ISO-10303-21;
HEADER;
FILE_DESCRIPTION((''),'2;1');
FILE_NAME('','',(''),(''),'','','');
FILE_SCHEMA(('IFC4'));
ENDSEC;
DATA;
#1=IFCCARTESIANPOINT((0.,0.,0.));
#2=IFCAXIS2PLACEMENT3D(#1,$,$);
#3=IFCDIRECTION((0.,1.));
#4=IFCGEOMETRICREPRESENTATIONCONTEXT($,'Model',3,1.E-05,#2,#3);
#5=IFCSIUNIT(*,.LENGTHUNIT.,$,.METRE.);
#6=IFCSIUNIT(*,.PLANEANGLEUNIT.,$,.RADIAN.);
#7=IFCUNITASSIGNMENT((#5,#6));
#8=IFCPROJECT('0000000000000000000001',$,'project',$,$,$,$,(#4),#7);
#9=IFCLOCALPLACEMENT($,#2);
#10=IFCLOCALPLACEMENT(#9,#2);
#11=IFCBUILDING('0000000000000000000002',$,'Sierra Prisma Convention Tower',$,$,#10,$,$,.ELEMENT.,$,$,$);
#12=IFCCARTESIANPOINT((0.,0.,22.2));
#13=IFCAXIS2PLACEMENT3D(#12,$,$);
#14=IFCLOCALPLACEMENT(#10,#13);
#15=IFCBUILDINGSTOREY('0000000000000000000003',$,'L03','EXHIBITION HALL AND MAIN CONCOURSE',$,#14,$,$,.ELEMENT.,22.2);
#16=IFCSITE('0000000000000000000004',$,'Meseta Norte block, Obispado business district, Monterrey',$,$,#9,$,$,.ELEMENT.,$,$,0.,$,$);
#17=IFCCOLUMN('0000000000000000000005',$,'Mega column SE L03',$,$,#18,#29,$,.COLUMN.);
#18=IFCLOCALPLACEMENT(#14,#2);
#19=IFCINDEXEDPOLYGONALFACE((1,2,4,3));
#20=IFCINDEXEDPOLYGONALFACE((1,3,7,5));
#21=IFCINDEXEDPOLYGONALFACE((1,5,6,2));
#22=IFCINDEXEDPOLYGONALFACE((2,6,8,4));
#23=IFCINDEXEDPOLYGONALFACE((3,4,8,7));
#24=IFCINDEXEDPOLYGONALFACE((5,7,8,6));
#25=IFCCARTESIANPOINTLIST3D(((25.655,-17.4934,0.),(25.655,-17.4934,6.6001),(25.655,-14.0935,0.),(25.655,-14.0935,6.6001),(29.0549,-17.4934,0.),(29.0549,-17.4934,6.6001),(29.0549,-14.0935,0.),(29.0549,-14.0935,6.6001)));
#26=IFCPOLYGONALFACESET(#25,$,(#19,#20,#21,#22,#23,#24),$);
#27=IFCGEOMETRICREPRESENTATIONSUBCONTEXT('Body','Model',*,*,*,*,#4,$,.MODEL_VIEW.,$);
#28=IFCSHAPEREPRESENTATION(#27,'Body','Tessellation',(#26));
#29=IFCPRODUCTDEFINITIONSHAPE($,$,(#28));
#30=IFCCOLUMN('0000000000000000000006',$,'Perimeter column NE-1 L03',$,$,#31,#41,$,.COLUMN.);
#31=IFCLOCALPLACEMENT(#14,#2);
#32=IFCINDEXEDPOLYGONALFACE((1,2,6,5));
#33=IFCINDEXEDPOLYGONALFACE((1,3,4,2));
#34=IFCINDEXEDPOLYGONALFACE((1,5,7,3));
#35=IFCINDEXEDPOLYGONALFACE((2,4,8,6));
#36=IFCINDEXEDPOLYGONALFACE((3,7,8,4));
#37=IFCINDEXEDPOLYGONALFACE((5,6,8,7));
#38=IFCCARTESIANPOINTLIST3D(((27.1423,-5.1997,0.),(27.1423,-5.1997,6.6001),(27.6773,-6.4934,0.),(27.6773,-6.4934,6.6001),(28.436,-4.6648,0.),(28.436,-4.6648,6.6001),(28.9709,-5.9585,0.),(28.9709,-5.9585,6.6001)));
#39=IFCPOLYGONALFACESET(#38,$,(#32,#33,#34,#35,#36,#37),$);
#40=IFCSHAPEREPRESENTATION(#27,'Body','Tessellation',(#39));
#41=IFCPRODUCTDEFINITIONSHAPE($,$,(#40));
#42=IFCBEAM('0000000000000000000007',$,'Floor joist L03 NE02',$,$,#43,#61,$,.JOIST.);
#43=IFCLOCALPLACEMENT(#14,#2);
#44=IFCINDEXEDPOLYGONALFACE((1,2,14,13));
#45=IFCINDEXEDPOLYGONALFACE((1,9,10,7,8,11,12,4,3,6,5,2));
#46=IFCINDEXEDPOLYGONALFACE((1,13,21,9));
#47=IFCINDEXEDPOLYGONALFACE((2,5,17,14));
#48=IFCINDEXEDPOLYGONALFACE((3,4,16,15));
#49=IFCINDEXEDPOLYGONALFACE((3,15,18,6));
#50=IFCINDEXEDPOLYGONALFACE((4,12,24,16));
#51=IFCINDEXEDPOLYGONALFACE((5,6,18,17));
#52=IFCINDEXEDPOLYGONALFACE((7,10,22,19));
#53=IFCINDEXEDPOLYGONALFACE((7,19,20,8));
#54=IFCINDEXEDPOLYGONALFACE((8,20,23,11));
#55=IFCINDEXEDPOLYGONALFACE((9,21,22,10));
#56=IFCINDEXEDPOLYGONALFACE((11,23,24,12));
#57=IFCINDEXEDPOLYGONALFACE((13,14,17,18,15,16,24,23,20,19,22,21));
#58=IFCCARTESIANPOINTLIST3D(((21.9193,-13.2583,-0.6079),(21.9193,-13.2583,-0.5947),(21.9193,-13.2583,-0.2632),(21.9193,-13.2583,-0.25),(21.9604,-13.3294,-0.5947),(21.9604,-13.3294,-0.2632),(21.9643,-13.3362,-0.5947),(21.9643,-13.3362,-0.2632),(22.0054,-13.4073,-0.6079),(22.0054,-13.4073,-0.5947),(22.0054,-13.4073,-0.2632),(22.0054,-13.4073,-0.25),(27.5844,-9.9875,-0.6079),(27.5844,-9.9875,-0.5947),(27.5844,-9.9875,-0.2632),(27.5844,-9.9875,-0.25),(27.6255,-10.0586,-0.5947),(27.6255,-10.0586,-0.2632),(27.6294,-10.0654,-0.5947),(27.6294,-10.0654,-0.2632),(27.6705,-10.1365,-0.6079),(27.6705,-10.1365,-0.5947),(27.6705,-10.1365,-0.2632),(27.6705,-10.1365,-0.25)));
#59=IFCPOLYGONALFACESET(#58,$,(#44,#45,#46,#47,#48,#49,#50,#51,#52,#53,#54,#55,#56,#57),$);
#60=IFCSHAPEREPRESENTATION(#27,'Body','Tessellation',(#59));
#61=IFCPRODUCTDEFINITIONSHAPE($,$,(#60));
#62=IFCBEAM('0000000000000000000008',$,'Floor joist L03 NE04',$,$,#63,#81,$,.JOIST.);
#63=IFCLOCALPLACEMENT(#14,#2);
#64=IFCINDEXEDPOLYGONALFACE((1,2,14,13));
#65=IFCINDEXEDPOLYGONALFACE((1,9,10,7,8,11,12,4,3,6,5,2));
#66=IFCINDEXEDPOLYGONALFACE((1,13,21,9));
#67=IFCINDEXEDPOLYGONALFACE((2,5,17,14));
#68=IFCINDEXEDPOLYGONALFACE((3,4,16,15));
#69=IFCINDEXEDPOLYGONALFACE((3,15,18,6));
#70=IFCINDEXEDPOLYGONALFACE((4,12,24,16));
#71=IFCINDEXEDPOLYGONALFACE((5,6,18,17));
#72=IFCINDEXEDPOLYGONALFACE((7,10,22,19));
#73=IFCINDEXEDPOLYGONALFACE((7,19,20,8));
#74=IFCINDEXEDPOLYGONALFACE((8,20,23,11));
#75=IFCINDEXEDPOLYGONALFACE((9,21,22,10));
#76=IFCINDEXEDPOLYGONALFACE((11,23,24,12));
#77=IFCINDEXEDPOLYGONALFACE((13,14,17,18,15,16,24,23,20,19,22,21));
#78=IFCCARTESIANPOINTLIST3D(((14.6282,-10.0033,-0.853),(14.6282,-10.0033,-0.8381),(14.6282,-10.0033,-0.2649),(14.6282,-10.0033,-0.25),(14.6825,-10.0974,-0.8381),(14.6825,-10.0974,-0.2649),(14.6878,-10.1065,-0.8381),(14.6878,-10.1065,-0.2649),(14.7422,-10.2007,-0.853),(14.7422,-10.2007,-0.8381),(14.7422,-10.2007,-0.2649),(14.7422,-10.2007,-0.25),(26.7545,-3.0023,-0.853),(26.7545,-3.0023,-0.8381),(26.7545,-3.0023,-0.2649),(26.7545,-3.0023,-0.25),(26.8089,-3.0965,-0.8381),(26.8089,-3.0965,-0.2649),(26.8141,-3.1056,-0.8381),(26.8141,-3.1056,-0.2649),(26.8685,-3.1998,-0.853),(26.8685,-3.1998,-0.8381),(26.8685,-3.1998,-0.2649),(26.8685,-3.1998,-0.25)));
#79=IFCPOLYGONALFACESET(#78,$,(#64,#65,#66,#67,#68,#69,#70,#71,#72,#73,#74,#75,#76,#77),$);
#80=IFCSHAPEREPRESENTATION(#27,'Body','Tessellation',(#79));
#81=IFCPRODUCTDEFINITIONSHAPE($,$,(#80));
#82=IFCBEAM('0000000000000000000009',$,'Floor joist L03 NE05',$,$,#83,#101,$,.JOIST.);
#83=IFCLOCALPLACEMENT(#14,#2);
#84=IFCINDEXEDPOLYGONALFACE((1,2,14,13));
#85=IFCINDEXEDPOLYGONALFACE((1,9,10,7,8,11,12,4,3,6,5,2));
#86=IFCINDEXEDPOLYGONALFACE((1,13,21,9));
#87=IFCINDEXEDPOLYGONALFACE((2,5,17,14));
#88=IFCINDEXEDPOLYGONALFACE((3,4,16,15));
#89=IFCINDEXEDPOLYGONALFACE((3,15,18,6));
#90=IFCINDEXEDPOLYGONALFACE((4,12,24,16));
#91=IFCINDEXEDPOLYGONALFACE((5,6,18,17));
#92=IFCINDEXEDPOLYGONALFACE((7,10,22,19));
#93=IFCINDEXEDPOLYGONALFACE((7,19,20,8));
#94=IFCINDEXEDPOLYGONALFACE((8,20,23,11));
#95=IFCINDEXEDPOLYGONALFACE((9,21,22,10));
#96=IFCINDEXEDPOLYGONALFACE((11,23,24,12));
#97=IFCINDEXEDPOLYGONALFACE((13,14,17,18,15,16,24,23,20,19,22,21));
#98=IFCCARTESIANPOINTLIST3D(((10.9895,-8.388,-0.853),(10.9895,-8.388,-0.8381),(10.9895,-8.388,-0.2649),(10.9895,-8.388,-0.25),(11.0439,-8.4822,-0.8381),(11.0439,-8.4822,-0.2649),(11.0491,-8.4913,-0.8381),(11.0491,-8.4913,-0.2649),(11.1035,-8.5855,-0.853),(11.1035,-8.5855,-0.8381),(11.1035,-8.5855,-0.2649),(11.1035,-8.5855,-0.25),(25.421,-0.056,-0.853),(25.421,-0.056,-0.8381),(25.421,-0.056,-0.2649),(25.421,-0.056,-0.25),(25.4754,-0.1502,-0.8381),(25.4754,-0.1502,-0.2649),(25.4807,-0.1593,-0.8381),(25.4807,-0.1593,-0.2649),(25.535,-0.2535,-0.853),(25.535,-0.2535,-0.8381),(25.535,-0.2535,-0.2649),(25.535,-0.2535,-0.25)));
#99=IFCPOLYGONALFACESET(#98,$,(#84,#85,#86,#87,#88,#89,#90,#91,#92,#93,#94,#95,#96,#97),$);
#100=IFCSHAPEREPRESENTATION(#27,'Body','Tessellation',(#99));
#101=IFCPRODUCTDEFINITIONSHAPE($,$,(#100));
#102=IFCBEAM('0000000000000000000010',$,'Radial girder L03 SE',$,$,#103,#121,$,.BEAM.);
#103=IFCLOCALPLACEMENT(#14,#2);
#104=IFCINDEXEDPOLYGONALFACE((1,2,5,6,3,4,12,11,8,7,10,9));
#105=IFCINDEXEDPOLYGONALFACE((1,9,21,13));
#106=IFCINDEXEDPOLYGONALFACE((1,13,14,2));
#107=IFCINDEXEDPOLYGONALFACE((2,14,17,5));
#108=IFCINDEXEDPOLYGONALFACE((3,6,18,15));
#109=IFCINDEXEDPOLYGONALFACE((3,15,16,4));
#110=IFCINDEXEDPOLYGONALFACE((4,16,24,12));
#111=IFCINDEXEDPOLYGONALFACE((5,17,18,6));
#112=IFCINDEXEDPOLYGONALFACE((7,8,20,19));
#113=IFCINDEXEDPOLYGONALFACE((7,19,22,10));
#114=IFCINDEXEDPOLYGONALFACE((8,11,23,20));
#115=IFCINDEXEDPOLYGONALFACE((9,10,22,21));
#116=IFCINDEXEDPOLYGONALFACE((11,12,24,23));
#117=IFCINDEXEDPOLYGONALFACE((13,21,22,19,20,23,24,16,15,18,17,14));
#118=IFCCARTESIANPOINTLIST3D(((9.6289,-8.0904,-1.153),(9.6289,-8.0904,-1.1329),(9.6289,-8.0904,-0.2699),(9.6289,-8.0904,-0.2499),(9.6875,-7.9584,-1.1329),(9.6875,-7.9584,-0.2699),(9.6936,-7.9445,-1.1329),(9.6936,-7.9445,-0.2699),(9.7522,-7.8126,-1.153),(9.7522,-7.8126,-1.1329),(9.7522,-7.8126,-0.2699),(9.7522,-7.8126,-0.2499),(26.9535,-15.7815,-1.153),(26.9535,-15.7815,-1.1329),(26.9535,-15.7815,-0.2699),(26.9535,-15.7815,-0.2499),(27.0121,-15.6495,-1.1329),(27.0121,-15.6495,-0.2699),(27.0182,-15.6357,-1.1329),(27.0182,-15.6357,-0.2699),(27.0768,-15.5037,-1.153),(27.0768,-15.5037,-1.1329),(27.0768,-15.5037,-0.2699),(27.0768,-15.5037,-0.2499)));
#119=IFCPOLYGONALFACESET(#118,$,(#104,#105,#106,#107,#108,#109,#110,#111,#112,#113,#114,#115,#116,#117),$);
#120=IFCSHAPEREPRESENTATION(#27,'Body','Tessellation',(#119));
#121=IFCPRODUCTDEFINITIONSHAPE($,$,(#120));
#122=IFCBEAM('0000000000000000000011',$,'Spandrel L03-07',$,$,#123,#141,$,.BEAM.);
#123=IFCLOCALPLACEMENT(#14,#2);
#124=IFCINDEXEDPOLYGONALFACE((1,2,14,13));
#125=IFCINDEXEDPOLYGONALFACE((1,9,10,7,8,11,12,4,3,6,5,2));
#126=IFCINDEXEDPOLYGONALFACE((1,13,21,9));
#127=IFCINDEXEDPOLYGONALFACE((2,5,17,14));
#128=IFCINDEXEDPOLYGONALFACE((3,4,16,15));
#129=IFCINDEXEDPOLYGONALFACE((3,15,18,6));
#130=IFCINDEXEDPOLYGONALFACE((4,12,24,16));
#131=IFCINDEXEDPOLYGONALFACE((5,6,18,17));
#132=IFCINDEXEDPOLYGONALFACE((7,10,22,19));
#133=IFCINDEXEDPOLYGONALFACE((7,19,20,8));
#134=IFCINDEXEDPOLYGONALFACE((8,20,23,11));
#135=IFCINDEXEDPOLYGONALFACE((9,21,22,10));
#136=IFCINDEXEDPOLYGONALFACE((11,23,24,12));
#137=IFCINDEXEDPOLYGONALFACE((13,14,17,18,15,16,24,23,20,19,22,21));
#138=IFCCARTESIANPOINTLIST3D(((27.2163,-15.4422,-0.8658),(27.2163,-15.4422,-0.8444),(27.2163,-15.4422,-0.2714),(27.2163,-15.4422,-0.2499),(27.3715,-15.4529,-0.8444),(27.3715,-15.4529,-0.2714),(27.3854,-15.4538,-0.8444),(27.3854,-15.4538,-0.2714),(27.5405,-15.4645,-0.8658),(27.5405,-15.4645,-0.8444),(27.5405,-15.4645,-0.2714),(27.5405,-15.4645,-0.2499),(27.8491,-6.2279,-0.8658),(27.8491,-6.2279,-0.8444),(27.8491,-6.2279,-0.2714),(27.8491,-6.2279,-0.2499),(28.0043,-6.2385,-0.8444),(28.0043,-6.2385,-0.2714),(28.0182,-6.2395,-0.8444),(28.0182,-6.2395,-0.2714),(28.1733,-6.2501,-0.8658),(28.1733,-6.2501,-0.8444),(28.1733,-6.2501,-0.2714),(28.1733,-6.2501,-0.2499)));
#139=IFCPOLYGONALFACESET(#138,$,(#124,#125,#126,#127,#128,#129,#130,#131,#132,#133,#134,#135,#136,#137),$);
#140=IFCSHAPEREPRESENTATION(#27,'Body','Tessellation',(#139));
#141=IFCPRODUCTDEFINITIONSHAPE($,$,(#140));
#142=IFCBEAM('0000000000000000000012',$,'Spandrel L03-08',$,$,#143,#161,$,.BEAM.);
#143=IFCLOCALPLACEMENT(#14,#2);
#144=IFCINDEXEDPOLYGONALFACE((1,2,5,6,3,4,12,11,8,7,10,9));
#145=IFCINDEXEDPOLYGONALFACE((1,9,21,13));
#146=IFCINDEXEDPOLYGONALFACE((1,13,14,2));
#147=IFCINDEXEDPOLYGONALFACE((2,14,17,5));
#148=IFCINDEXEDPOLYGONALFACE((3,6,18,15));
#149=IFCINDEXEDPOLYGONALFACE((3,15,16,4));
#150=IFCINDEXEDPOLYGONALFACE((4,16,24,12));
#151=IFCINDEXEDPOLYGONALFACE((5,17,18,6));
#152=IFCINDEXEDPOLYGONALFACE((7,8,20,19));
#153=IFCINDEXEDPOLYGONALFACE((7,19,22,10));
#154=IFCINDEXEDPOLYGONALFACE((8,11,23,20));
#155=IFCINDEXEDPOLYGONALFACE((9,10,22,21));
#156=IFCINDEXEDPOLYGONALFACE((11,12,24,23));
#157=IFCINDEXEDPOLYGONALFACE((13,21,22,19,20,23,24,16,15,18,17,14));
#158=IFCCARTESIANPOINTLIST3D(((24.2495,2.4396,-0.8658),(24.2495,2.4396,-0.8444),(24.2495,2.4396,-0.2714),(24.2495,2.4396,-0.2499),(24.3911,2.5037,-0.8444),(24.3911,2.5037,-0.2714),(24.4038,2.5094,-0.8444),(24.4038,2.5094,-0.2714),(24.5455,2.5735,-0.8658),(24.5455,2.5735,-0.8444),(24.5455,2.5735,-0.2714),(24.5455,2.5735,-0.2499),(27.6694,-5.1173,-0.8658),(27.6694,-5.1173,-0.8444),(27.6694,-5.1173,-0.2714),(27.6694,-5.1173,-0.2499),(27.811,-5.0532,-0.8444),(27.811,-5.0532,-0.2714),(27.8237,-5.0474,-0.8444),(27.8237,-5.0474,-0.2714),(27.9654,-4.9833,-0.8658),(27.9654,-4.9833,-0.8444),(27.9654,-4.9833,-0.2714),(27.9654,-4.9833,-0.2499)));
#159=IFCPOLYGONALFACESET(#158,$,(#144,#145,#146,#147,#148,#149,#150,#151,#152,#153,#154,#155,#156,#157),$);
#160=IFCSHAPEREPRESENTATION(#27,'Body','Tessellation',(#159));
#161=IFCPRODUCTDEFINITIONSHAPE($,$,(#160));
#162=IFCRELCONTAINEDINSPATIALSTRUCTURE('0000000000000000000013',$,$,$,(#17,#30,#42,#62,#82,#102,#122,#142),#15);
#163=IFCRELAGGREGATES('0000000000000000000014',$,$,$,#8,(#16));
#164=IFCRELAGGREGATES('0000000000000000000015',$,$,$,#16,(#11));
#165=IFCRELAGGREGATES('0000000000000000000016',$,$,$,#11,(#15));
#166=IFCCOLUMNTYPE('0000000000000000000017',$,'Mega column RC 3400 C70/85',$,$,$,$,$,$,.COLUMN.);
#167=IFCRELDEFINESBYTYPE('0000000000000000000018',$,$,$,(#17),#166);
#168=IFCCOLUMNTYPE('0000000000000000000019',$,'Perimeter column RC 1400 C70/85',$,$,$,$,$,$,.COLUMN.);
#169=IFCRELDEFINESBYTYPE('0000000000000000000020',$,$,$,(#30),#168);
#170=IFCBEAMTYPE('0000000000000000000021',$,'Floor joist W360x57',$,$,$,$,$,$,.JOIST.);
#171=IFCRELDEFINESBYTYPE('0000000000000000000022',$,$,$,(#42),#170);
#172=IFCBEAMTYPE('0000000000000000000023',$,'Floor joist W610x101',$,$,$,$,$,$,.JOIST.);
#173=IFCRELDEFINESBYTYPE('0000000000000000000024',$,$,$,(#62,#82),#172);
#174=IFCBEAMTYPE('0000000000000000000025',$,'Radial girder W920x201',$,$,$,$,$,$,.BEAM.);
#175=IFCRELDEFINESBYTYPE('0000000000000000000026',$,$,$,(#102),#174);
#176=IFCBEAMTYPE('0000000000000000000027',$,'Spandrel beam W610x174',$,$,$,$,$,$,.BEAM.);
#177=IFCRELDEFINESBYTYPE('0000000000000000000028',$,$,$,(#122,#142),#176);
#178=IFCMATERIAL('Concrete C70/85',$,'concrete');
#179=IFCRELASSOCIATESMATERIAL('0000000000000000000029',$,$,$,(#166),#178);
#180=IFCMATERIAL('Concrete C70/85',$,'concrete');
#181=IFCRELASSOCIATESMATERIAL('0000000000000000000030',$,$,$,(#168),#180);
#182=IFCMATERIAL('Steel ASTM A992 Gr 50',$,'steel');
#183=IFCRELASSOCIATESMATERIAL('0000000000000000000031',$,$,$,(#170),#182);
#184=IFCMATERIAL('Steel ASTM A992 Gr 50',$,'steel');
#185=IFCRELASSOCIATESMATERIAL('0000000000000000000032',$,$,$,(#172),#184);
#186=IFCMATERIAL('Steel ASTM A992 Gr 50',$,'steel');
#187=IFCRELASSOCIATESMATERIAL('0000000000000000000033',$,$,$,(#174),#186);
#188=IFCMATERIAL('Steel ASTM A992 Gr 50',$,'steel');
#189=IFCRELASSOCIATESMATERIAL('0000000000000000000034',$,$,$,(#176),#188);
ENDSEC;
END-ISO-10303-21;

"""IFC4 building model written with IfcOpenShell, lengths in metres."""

from ifc_helpers import new_model, si_unit, direction, frame, origin, origin_2d, place, context, subcontext, project, spatial, rectangle, i_section, extrude, material, material_profile, profile_set, type_object, element, save


model = new_model("IFC4")

# Units and contexts
model_context = context("Model", 3, precision=1e-05, world=origin(), true_north=direction((0.0, 1.0)))
body_context = subcontext(model_context, "Body", "Model", "MODEL_VIEW")
ifc_project = project(units=[si_unit("LENGTHUNIT", "METRE"), si_unit("PLANEANGLEUNIT", "RADIAN")], contexts=[model_context])

# Site, building, storey
site_placement = place(None, origin())
site = spatial("IfcSite", under=ifc_project, at=site_placement, Name="Meseta Norte block, Obispado business district, Monterrey", CompositionType="ELEMENT", RefElevation=0.0)
building_placement = place(site_placement, origin())
building = spatial("IfcBuilding", under=site, at=building_placement, Name="Sierra Prisma Convention Tower", CompositionType="ELEMENT")
storey_placement = place(building_placement, frame((0.0, 0.0, 22.2)))
storey = spatial("IfcBuildingStorey", under=building, at=storey_placement, Name="L03", Description="EXHIBITION HALL AND MAIN CONCOURSE", CompositionType="ELEMENT", Elevation=22.2)

# Columns
ifc_material_1 = material(Name="Concrete C70/85", Category="concrete")
ifc_material_profile_1 = material_profile(ifc_material_1, rectangle(XDim=3.3999, YDim=3.3999, at=origin_2d()), Name="Mega column RC 3400 C70/85")
ifc_profile_set_1 = profile_set([ifc_material_profile_1], Name="Concrete C70/85")
column_type_1 = type_object("IfcColumnType", Name="Mega column RC 3400 C70/85", PredefinedType="COLUMN", material=ifc_profile_set_1)
column_1_placement = place(storey_placement, frame((27.355, -15.7935, 0.0), z_axis=(0.0, 0.0, 1.0), x_axis=(1.0, 0.0, 0.0)))
element("IfcColumn", 1, at=column_1_placement, inside=storey, type_object=column_type_1, Name="Mega column SE L03", PredefinedType="COLUMN", context=body_context, shape_type="SweptSolid", body=[
    extrude(rectangle(XDim=3.3999, YDim=3.3999, at=origin_2d()), origin(), (0.0, 0.0, 1.0), 6.6001),
])
ifc_material_2 = material(Name="Concrete C70/85", Category="concrete")
ifc_material_profile_2 = material_profile(ifc_material_2, rectangle(XDim=1.3999, YDim=1.3999, at=origin_2d()), Name="Perimeter column RC 1400 C70/85")
ifc_profile_set_2 = profile_set([ifc_material_profile_2], Name="Concrete C70/85")
column_type_2 = type_object("IfcColumnType", Name="Perimeter column RC 1400 C70/85", PredefinedType="COLUMN", material=ifc_profile_set_2)
column_2_placement = place(storey_placement, frame((28.0566, -5.5791, 0.0), z_axis=(0.0, 0.0, 1.0), x_axis=(-0.382135, 0.924106, 0.0)))
element("IfcColumn", 2, at=column_2_placement, inside=storey, type_object=column_type_2, Name="Perimeter column NE-1 L03", PredefinedType="COLUMN", context=body_context, shape_type="SweptSolid", body=[
    extrude(rectangle(XDim=1.3999, YDim=1.3999, at=origin_2d()), origin(), (0.0, 0.0, 1.0), 6.6001),
])

# Beams
ifc_material_3 = material(Name="Steel ASTM A992 Gr 50", Category="steel")
ifc_material_profile_3 = material_profile(ifc_material_3, i_section(OverallWidth=0.1721, OverallDepth=0.3579, WebThickness=0.0078, FlangeThickness=0.0132, at=origin_2d()), Name="W360x57")
ifc_profile_set_3 = profile_set([ifc_material_profile_3], Name="Steel ASTM A992 Gr 50")
beam_type_1 = type_object("IfcBeamType", Name="Floor joist W360x57", PredefinedType="JOIST", material=ifc_profile_set_3)
beam_1_placement = place(storey_placement, frame((27.6274, -10.062, -0.429), z_axis=(-0.866023, -0.500005, 0.0), x_axis=(0.500005, -0.866023, 0.0)))
element("IfcBeam", 3, at=beam_1_placement, inside=storey, type_object=beam_type_1, Name="Floor joist L03 NE02", PredefinedType="JOIST", context=body_context, shape_type="SweptSolid", body=[
    extrude(i_section(OverallWidth=0.1721, OverallDepth=0.3579, WebThickness=0.0078, FlangeThickness=0.0132, at=origin_2d()), origin(), (0.0, 0.0, 1.0), 6.5415),
])
ifc_material_4 = material(Name="Steel ASTM A992 Gr 50", Category="steel")
ifc_material_profile_4 = material_profile(ifc_material_4, i_section(OverallWidth=0.228, OverallDepth=0.603, WebThickness=0.0105, FlangeThickness=0.0149, at=origin_2d()), Name="W610x101")
ifc_profile_set_4 = profile_set([ifc_material_profile_4], Name="Steel ASTM A992 Gr 50")
beam_type_2 = type_object("IfcBeamType", Name="Floor joist W610x101", PredefinedType="JOIST", material=ifc_profile_set_4)
beam_2_placement = place(storey_placement, frame((26.8115, -3.1011, -0.5515), z_axis=(-0.866033, -0.499987, 0.0), x_axis=(0.499987, -0.866033, 0.0)))
element("IfcBeam", 4, at=beam_2_placement, inside=storey, type_object=beam_type_2, Name="Floor joist L03 NE04", PredefinedType="JOIST", context=body_context, shape_type="SweptSolid", body=[
    extrude(i_section(OverallWidth=0.228, OverallDepth=0.603, WebThickness=0.0105, FlangeThickness=0.0149, at=origin_2d()), origin(), (0.0, 0.0, 1.0), 14.0022),
])
beam_3_placement = place(storey_placement, frame((25.478, -0.1548, -0.5515), z_axis=(-0.866027, -0.499996, 0.0), x_axis=(0.499996, -0.866027, 0.0)))
element("IfcBeam", 5, at=beam_3_placement, inside=storey, type_object=beam_type_2, Name="Floor joist L03 NE05", PredefinedType="JOIST", context=body_context, shape_type="SweptSolid", body=[
    extrude(i_section(OverallWidth=0.228, OverallDepth=0.603, WebThickness=0.0105, FlangeThickness=0.0149, at=origin_2d()), origin(), (0.0, 0.0, 1.0), 16.6641),
])
ifc_material_5 = material(Name="Steel ASTM A992 Gr 50", Category="steel")
ifc_material_profile_5 = material_profile(ifc_material_5, i_section(OverallWidth=0.304, OverallDepth=0.9031, WebThickness=0.0151, FlangeThickness=0.02, at=origin_2d()), Name="W920x201")
ifc_profile_set_5 = profile_set([ifc_material_profile_5], Name="Steel ASTM A992 Gr 50")
beam_type_3 = type_object("IfcBeamType", Name="Radial girder W920x201", PredefinedType="BEAM", material=ifc_profile_set_5)
beam_4_placement = place(storey_placement, frame((27.0151, -15.6426, -0.7014), z_axis=(-0.913982, 0.405755, 0.0), x_axis=(-0.405755, -0.913982, 0.0)))
element("IfcBeam", 6, at=beam_4_placement, inside=storey, type_object=beam_type_3, Name="Radial girder L03 SE", PredefinedType="BEAM", context=body_context, shape_type="SweptSolid", body=[
    extrude(i_section(OverallWidth=0.304, OverallDepth=0.9031, WebThickness=0.0151, FlangeThickness=0.02, at=origin_2d()), origin(), (0.0, 0.0, 1.0), 18.9551),
])
ifc_material_6 = material(Name="Steel ASTM A992 Gr 50", Category="steel")
ifc_material_profile_6 = material_profile(ifc_material_6, i_section(OverallWidth=0.325, OverallDepth=0.616, WebThickness=0.0139, FlangeThickness=0.0215, at=origin_2d()), Name="W610x174")
ifc_profile_set_6 = profile_set([ifc_material_profile_6], Name="Steel ASTM A992 Gr 50")
beam_type_4 = type_object("IfcBeamType", Name="Spandrel beam W610x174", PredefinedType="BEAM", material=ifc_profile_set_6)
beam_5_placement = place(storey_placement, frame((27.3784, -15.4534, -0.5579), z_axis=(0.068515, 0.99765, 0.0), x_axis=(-0.99765, 0.068515, 0.0)))
element("IfcBeam", 7, at=beam_5_placement, inside=storey, type_object=beam_type_4, Name="Spandrel L03-07", PredefinedType="BEAM", context=body_context, shape_type="SweptSolid", body=[
    extrude(i_section(OverallWidth=0.325, OverallDepth=0.616, WebThickness=0.0139, FlangeThickness=0.0215, at=origin_2d()), origin(), (0.0, 0.0, 1.0), 9.2361),
])
beam_6_placement = place(storey_placement, frame((27.8174, -5.0503, -0.5579), z_axis=(-0.412301, 0.911048, 0.0), x_axis=(-0.911048, -0.412301, 0.0)))
element("IfcBeam", 8, at=beam_6_placement, inside=storey, type_object=beam_type_4, Name="Spandrel L03-08", PredefinedType="BEAM", context=body_context, shape_type="SweptSolid", body=[
    extrude(i_section(OverallWidth=0.325, OverallDepth=0.616, WebThickness=0.0139, FlangeThickness=0.0215, at=origin_2d()), origin(), (0.0, 0.0, 1.0), 8.2947),
])

save(model, "model.ifc")
